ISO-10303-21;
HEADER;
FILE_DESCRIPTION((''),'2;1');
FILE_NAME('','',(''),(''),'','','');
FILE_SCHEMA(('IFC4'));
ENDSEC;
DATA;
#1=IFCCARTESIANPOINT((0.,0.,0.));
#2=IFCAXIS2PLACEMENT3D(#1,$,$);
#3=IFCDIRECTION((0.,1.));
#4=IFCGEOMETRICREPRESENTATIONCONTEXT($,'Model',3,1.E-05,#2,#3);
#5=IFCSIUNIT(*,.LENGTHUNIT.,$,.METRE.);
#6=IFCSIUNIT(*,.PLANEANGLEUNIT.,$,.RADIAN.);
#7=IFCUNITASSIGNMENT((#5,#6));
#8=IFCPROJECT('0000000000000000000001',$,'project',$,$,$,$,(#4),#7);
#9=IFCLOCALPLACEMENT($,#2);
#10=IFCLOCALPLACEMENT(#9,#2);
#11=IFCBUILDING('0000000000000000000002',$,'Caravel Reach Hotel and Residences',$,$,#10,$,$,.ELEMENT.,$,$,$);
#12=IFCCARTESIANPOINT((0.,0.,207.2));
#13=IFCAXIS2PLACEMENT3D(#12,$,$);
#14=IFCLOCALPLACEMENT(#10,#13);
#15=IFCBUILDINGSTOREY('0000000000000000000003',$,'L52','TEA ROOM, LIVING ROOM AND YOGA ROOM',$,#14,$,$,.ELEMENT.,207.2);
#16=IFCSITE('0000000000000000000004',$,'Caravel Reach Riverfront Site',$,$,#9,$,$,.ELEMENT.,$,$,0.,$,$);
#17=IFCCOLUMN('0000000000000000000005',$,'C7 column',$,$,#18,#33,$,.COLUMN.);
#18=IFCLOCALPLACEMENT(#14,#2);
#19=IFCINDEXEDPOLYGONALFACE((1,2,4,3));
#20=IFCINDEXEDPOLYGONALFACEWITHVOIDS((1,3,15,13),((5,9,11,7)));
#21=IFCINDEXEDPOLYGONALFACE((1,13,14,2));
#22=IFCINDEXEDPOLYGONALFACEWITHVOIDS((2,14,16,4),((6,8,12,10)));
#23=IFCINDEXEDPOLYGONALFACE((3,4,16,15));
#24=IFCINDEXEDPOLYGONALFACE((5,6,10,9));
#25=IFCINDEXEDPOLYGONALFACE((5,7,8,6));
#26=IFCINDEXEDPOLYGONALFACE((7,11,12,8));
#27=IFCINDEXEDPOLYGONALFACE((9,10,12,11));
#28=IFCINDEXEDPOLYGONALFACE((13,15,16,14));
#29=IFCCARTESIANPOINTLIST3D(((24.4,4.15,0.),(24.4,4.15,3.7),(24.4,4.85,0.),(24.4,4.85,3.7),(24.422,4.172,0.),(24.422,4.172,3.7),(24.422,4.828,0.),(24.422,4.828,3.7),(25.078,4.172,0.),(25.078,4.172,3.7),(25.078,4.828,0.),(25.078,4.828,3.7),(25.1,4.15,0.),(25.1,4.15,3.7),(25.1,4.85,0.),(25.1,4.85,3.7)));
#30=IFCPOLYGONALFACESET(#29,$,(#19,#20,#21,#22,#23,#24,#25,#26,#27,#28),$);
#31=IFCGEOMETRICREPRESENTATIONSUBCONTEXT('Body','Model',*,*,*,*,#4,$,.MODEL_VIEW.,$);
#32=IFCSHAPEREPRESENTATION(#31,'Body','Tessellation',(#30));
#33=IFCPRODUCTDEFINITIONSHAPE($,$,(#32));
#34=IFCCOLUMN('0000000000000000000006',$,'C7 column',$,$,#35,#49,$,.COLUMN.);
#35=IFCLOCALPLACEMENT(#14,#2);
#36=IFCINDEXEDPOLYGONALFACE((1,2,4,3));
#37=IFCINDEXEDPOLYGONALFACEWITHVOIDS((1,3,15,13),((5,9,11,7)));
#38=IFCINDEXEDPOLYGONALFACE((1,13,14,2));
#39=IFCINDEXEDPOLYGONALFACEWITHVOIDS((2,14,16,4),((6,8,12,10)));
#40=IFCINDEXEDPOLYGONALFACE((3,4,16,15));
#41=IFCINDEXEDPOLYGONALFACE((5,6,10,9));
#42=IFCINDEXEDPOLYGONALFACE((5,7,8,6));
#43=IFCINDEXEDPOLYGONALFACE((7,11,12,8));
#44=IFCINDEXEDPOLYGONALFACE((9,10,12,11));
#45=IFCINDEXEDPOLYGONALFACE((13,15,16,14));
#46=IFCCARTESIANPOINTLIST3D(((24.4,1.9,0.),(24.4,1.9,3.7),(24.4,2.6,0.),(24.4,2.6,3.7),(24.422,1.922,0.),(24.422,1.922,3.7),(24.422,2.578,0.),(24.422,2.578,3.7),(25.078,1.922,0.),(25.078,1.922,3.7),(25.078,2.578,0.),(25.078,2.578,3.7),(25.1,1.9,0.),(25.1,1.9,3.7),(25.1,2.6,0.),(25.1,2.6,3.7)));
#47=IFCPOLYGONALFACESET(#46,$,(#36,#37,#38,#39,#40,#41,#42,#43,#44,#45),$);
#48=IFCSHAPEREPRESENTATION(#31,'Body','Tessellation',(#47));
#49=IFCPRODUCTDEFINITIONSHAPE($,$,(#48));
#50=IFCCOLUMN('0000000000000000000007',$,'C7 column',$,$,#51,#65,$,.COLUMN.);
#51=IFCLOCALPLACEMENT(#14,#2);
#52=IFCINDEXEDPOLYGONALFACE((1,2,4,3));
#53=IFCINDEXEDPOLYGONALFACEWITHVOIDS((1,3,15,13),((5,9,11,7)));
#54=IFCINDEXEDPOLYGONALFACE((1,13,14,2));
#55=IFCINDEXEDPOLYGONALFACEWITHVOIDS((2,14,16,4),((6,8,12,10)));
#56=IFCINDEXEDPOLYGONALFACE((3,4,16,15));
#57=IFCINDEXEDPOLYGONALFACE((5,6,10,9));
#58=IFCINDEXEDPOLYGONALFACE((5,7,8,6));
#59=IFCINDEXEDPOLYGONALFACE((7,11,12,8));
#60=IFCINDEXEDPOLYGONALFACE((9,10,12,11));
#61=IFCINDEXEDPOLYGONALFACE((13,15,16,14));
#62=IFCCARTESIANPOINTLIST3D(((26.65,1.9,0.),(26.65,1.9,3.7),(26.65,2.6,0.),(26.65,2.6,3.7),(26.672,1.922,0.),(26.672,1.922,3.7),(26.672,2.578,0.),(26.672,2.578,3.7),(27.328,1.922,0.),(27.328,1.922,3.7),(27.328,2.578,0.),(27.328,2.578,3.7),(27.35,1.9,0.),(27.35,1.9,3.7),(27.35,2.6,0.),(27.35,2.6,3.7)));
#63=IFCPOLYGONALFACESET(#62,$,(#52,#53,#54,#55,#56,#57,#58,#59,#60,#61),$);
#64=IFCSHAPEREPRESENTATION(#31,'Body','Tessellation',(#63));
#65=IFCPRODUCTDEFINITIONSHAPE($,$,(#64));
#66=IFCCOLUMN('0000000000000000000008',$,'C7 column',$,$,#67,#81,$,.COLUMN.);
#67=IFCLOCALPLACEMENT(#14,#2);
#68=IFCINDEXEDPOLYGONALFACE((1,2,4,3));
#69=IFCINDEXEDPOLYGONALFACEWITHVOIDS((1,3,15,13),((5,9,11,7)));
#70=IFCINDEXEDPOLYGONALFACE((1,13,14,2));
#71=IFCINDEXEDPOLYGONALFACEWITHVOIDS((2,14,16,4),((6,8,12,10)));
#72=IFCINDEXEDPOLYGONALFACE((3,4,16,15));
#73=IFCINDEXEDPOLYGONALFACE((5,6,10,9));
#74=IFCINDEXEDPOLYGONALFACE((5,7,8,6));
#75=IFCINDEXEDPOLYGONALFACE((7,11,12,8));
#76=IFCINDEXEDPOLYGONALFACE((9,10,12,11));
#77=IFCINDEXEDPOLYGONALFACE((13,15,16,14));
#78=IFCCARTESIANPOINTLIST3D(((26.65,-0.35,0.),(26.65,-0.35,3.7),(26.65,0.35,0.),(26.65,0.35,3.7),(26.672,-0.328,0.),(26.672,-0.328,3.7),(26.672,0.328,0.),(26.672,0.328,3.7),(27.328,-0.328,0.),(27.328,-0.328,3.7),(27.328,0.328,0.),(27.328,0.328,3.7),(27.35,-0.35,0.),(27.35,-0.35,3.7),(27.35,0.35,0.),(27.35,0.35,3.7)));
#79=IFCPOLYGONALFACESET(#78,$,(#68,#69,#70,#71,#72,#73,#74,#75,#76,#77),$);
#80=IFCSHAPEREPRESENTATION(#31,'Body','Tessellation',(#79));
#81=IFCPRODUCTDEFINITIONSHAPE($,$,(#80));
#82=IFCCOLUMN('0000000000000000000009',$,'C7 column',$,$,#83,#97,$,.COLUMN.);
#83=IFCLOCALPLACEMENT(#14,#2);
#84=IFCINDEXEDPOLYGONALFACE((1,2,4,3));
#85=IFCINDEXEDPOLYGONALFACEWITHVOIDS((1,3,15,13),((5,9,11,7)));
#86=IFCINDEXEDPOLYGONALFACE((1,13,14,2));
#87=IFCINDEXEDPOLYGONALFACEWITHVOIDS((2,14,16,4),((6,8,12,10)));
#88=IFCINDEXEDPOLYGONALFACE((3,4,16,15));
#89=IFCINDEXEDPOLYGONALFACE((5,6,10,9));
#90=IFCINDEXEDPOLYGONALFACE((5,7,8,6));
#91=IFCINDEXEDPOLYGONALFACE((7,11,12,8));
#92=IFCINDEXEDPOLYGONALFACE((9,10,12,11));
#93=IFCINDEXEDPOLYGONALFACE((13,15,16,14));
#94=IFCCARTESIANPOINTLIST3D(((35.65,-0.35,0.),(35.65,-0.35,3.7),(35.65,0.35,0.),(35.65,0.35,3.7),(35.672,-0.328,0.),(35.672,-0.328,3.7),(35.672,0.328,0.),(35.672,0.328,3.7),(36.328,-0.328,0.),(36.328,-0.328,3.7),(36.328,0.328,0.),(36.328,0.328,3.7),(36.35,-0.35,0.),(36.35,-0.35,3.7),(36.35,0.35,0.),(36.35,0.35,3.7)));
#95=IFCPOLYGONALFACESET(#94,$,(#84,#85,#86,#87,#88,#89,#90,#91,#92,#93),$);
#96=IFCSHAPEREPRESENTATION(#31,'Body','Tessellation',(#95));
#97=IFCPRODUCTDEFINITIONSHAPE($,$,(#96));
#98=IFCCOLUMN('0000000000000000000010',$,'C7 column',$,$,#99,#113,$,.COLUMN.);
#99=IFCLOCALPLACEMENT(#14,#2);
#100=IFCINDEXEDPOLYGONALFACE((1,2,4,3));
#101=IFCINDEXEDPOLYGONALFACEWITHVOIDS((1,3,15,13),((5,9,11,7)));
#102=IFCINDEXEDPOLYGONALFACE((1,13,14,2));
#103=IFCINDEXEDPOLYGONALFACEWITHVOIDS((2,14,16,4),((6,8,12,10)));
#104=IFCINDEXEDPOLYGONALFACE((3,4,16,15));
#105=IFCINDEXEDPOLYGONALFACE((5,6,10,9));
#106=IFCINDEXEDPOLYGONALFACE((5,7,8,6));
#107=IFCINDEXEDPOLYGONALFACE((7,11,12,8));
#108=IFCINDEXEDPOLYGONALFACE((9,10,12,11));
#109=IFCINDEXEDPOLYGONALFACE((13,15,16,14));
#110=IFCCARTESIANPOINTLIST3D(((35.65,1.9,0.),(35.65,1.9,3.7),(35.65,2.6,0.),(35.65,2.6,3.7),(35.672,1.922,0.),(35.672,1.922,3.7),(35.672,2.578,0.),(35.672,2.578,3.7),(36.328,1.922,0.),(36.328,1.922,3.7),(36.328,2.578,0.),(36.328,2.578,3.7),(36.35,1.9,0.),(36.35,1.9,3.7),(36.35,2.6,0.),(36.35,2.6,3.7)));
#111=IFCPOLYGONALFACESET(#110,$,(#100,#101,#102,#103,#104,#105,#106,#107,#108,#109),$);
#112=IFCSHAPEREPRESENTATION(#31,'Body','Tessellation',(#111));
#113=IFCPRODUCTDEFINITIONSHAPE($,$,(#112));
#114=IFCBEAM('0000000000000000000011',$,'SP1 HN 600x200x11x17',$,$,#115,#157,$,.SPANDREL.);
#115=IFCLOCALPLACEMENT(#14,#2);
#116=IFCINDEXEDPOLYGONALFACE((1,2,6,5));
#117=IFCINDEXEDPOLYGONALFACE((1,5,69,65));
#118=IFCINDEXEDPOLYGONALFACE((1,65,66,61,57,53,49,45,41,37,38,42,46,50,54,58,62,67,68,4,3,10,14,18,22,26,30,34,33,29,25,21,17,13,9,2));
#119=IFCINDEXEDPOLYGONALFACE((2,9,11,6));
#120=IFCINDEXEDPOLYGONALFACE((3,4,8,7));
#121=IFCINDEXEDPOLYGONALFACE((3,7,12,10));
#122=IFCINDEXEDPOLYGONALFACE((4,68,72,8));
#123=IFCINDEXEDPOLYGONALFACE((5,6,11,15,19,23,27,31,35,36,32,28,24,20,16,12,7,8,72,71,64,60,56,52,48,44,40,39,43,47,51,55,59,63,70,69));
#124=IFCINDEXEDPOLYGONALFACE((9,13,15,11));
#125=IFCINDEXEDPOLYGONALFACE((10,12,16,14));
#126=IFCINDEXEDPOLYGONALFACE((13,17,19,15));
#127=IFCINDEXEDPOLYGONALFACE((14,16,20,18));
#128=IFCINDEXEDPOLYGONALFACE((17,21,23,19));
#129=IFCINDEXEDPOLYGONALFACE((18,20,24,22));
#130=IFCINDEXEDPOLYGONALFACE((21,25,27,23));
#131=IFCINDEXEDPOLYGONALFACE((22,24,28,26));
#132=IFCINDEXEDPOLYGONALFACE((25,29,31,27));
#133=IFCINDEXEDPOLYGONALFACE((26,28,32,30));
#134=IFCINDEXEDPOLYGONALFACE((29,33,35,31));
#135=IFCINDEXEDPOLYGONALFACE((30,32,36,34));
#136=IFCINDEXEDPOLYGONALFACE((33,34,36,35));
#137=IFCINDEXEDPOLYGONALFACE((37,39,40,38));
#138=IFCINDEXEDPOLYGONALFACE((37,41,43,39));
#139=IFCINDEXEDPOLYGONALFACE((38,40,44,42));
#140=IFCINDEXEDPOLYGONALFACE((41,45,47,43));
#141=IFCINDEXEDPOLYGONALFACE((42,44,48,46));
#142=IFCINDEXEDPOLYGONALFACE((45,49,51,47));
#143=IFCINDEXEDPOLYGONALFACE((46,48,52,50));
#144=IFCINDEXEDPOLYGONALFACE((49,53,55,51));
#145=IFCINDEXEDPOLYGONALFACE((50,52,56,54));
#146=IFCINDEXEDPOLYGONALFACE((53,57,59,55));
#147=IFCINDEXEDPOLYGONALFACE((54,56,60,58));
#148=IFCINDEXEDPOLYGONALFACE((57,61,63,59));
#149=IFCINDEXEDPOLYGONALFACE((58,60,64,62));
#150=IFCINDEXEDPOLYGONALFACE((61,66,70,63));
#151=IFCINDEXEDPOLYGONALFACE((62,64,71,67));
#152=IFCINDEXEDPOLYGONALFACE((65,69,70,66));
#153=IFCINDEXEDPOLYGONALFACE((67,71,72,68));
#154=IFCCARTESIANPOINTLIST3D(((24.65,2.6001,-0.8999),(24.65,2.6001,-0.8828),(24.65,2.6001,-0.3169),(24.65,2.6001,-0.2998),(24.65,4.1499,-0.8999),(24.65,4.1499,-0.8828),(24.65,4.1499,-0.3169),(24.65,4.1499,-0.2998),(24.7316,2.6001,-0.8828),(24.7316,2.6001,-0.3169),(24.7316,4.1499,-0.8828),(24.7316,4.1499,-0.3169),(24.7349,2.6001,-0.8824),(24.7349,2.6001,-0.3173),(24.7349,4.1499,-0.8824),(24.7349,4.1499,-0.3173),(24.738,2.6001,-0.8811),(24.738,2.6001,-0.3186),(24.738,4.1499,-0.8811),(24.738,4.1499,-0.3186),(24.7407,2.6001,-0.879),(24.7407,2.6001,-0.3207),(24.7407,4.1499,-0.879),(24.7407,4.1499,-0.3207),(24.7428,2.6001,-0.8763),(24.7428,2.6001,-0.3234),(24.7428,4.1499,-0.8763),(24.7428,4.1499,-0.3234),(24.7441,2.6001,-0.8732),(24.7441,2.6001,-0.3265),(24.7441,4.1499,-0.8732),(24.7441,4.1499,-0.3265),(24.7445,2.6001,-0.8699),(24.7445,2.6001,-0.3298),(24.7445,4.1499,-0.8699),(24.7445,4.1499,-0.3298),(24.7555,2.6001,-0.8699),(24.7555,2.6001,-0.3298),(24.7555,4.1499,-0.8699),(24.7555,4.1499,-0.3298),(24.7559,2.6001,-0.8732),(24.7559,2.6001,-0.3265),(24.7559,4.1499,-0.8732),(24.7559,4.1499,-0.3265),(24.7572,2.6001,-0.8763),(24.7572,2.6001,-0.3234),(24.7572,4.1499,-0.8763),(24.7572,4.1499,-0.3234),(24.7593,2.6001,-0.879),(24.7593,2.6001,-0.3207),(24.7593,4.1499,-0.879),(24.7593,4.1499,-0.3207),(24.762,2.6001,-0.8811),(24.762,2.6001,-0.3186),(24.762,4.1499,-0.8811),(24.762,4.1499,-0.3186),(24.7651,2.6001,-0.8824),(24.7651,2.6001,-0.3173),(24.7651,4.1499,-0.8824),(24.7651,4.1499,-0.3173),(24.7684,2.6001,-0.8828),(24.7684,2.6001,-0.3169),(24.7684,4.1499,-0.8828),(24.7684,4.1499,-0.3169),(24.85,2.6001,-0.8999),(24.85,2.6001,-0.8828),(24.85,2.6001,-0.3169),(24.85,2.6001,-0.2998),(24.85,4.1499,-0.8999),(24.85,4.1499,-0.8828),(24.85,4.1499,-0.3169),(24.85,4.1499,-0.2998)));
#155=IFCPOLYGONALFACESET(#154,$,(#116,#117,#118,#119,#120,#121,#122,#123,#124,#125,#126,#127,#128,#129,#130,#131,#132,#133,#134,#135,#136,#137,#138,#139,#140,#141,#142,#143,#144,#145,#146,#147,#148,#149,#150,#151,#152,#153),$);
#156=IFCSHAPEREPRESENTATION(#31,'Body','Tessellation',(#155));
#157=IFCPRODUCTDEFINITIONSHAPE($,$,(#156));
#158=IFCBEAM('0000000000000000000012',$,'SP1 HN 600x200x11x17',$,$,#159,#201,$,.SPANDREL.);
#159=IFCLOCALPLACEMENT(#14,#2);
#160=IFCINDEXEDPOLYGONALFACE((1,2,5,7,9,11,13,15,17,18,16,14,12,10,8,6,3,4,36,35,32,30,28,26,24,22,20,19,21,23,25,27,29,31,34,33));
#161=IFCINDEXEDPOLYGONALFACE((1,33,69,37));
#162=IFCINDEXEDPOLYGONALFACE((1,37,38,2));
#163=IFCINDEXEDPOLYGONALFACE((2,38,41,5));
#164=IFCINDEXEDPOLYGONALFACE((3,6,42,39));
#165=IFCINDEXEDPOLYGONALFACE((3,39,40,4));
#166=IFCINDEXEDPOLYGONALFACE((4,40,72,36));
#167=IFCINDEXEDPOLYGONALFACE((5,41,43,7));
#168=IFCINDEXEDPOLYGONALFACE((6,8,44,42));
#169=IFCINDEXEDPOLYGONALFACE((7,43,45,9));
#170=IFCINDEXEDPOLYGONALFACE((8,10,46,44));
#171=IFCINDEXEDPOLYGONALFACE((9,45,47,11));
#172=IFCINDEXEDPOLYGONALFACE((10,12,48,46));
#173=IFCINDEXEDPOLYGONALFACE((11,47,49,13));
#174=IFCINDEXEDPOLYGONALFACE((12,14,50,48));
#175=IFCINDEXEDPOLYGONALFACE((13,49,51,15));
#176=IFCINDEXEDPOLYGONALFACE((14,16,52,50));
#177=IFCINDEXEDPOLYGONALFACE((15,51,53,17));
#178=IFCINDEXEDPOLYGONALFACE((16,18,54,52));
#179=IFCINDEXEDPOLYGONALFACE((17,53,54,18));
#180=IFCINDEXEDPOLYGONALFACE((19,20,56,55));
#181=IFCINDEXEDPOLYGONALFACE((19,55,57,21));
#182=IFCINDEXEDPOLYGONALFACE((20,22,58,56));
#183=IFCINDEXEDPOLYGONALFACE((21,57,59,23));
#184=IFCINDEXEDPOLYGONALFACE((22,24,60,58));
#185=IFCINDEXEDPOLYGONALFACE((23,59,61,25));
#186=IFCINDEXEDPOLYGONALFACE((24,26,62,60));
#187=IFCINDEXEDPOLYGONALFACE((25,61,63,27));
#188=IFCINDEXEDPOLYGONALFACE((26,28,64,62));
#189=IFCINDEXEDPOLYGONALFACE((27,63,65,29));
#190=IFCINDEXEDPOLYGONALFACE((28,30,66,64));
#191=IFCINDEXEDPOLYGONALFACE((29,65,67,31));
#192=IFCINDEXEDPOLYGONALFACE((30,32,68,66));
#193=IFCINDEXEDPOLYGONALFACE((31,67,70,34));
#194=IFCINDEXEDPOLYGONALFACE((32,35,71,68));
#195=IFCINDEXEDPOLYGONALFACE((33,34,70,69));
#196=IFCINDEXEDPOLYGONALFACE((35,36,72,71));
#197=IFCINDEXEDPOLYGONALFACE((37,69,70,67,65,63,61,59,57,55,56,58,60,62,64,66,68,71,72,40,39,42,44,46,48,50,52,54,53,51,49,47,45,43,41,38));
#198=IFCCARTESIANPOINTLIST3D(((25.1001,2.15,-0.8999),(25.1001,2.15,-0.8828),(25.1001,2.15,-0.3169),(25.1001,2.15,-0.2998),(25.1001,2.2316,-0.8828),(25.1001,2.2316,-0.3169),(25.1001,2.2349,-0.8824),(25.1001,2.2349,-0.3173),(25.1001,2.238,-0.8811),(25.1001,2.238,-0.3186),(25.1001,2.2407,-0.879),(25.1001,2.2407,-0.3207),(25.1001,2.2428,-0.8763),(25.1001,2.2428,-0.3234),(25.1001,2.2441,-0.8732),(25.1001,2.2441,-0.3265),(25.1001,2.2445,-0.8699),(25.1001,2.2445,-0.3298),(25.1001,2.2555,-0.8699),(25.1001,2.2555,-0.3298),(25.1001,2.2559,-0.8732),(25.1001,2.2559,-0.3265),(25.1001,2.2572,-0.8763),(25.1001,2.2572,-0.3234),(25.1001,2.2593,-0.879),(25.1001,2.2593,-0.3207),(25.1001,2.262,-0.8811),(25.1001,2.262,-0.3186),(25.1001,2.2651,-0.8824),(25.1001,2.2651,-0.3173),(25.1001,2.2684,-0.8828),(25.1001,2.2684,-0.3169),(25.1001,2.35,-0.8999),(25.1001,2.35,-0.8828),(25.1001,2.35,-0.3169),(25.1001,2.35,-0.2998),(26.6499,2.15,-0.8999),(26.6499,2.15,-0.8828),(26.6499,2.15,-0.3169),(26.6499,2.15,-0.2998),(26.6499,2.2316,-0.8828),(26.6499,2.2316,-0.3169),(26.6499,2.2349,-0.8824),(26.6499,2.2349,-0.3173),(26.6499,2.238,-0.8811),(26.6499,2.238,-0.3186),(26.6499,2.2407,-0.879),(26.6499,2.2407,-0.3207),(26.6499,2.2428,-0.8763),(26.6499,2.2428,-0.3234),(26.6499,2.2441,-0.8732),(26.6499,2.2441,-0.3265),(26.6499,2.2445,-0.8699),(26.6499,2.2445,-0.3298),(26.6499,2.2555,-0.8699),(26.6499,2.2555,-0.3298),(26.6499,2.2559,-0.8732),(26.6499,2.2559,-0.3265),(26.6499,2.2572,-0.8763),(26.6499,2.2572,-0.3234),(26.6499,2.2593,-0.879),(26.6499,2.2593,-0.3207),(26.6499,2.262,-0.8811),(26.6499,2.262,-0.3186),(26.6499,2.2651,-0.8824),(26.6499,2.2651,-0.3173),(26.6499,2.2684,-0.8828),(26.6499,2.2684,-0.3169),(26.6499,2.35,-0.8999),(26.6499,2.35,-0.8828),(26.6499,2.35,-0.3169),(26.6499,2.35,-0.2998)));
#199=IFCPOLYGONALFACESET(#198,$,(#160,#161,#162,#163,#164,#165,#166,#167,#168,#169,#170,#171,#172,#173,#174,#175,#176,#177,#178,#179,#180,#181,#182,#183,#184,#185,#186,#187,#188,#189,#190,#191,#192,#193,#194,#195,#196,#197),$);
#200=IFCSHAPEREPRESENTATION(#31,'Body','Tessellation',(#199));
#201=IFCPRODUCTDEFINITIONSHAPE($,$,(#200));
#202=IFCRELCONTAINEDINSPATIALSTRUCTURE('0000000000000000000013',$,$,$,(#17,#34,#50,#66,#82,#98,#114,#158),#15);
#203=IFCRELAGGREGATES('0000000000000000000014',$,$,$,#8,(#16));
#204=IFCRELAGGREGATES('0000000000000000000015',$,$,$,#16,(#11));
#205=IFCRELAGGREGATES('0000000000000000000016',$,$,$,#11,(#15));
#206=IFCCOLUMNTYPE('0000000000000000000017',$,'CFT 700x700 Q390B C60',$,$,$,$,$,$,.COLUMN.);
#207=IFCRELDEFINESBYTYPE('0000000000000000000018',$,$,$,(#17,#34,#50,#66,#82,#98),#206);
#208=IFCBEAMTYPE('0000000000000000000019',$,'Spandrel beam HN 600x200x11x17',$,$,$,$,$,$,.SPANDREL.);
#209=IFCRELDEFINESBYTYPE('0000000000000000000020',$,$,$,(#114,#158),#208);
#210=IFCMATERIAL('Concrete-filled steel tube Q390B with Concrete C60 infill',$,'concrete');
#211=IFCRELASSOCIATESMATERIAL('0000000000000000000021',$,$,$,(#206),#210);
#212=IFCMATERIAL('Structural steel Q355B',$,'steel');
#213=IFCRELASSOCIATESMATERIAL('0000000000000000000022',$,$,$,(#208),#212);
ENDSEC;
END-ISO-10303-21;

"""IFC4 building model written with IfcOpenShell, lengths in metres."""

from ifc_helpers import new_model, si_unit, direction, frame, origin, origin_2d, place, context, subcontext, project, spatial, hollow_rectangle, i_section, extrude, material, material_profile, profile_set, type_object, element, save


model = new_model("IFC4")

# Units and contexts
model_context = context("Model", 3, precision=1e-05, world=origin(), true_north=direction((0.0, 1.0)))
body_context = subcontext(model_context, "Body", "Model", "MODEL_VIEW")
ifc_project = project(units=[si_unit("LENGTHUNIT", "METRE"), si_unit("PLANEANGLEUNIT", "RADIAN")], contexts=[model_context])

# Site, building, storey
site_placement = place(None, origin())
site = spatial("IfcSite", under=ifc_project, at=site_placement, Name="Caravel Reach Riverfront Site", CompositionType="ELEMENT", RefElevation=0.0)
building_placement = place(site_placement, origin())
building = spatial("IfcBuilding", under=site, at=building_placement, Name="Caravel Reach Hotel and Residences", CompositionType="ELEMENT")
storey_placement = place(building_placement, frame((0.0, 0.0, 207.2)))
storey = spatial("IfcBuildingStorey", under=building, at=storey_placement, Name="L52", Description="TEA ROOM, LIVING ROOM AND YOGA ROOM", CompositionType="ELEMENT", Elevation=207.2)

# Columns
ifc_material_1 = material(Name="Concrete-filled steel tube Q390B with Concrete C60 infill", Category="concrete")
ifc_material_profile_1 = material_profile(ifc_material_1, hollow_rectangle(XDim=0.7, YDim=0.7, WallThickness=0.022, at=origin_2d()), Name="RHS 700x700x22")
ifc_profile_set_1 = profile_set([ifc_material_profile_1], Name="Concrete-filled steel tube Q390B with Concrete C60 infill")
column_type = type_object("IfcColumnType", Name="CFT 700x700 Q390B C60", PredefinedType="COLUMN", material=ifc_profile_set_1)
for number, where, z_axis, x_axis, name in (
    (1, (24.75, 4.5, 0.0), (0.0, 0.0, 1.0), (1.0, 0.0, 0.0), "C7 column"),
    (2, (24.75, 2.25, 0.0), (0.0, 0.0, 1.0), (1.0, 0.0, 0.0), "C7 column"),
    (3, (27.0, 2.25, 0.0), (0.0, 0.0, 1.0), (1.0, 0.0, 0.0), "C7 column"),
    (4, (27.0, 0.0, 0.0), (0.0, 0.0, 1.0), (1.0, 0.0, 0.0), "C7 column"),
    (5, (36.0, 0.0, 0.0), (0.0, 0.0, 1.0), (1.0, 0.0, 0.0), "C7 column"),
    (6, (36.0, 2.25, 0.0), (0.0, 0.0, 1.0), (1.0, 0.0, 0.0), "C7 column"),
):
    element("IfcColumn", number, at=place(storey_placement, frame(where, z_axis=z_axis, x_axis=x_axis)), inside=storey, type_object=column_type, Name=name, PredefinedType="COLUMN", context=body_context, shape_type="SweptSolid", body=[
        extrude(hollow_rectangle(XDim=0.7, YDim=0.7, WallThickness=0.022, at=origin_2d()), origin(), (0.0, 0.0, 1.0), 3.7),
    ])

# Beams
ifc_material_2 = material(Name="Structural steel Q355B", Category="steel")
ifc_material_profile_2 = material_profile(ifc_material_2, i_section(OverallWidth=0.2, OverallDepth=0.6001, WebThickness=0.011, FlangeThickness=0.0171, FilletRadius=0.0129, at=origin_2d()), Name="HN 600x200x11x17")
ifc_profile_set_2 = profile_set([ifc_material_profile_2], Name="Structural steel Q355B")
beam_type = type_object("IfcBeamType", Name="Spandrel beam HN 600x200x11x17", PredefinedType="SPANDREL", material=ifc_profile_set_2)
for number, where, z_axis, x_axis, name in (
    (7, (24.75, 4.1499, -0.5999), (0.0, -1.0, 0.0), (1.0, 0.0, 0.0), "SP1 HN 600x200x11x17"),
    (8, (25.1001, 2.25, -0.5999), (1.0, 0.0, 0.0), (0.0, 1.0, 0.0), "SP1 HN 600x200x11x17"),
):
    element("IfcBeam", number, at=place(storey_placement, frame(where, z_axis=z_axis, x_axis=x_axis)), inside=storey, type_object=beam_type, Name=name, PredefinedType="SPANDREL", context=body_context, shape_type="SweptSolid", body=[
        extrude(i_section(OverallWidth=0.2, OverallDepth=0.6001, WebThickness=0.011, FlangeThickness=0.0171, FilletRadius=0.0129, at=origin_2d()), origin(), (0.0, 0.0, 1.0), 1.5498),
    ])

save(model, "model.ifc")
